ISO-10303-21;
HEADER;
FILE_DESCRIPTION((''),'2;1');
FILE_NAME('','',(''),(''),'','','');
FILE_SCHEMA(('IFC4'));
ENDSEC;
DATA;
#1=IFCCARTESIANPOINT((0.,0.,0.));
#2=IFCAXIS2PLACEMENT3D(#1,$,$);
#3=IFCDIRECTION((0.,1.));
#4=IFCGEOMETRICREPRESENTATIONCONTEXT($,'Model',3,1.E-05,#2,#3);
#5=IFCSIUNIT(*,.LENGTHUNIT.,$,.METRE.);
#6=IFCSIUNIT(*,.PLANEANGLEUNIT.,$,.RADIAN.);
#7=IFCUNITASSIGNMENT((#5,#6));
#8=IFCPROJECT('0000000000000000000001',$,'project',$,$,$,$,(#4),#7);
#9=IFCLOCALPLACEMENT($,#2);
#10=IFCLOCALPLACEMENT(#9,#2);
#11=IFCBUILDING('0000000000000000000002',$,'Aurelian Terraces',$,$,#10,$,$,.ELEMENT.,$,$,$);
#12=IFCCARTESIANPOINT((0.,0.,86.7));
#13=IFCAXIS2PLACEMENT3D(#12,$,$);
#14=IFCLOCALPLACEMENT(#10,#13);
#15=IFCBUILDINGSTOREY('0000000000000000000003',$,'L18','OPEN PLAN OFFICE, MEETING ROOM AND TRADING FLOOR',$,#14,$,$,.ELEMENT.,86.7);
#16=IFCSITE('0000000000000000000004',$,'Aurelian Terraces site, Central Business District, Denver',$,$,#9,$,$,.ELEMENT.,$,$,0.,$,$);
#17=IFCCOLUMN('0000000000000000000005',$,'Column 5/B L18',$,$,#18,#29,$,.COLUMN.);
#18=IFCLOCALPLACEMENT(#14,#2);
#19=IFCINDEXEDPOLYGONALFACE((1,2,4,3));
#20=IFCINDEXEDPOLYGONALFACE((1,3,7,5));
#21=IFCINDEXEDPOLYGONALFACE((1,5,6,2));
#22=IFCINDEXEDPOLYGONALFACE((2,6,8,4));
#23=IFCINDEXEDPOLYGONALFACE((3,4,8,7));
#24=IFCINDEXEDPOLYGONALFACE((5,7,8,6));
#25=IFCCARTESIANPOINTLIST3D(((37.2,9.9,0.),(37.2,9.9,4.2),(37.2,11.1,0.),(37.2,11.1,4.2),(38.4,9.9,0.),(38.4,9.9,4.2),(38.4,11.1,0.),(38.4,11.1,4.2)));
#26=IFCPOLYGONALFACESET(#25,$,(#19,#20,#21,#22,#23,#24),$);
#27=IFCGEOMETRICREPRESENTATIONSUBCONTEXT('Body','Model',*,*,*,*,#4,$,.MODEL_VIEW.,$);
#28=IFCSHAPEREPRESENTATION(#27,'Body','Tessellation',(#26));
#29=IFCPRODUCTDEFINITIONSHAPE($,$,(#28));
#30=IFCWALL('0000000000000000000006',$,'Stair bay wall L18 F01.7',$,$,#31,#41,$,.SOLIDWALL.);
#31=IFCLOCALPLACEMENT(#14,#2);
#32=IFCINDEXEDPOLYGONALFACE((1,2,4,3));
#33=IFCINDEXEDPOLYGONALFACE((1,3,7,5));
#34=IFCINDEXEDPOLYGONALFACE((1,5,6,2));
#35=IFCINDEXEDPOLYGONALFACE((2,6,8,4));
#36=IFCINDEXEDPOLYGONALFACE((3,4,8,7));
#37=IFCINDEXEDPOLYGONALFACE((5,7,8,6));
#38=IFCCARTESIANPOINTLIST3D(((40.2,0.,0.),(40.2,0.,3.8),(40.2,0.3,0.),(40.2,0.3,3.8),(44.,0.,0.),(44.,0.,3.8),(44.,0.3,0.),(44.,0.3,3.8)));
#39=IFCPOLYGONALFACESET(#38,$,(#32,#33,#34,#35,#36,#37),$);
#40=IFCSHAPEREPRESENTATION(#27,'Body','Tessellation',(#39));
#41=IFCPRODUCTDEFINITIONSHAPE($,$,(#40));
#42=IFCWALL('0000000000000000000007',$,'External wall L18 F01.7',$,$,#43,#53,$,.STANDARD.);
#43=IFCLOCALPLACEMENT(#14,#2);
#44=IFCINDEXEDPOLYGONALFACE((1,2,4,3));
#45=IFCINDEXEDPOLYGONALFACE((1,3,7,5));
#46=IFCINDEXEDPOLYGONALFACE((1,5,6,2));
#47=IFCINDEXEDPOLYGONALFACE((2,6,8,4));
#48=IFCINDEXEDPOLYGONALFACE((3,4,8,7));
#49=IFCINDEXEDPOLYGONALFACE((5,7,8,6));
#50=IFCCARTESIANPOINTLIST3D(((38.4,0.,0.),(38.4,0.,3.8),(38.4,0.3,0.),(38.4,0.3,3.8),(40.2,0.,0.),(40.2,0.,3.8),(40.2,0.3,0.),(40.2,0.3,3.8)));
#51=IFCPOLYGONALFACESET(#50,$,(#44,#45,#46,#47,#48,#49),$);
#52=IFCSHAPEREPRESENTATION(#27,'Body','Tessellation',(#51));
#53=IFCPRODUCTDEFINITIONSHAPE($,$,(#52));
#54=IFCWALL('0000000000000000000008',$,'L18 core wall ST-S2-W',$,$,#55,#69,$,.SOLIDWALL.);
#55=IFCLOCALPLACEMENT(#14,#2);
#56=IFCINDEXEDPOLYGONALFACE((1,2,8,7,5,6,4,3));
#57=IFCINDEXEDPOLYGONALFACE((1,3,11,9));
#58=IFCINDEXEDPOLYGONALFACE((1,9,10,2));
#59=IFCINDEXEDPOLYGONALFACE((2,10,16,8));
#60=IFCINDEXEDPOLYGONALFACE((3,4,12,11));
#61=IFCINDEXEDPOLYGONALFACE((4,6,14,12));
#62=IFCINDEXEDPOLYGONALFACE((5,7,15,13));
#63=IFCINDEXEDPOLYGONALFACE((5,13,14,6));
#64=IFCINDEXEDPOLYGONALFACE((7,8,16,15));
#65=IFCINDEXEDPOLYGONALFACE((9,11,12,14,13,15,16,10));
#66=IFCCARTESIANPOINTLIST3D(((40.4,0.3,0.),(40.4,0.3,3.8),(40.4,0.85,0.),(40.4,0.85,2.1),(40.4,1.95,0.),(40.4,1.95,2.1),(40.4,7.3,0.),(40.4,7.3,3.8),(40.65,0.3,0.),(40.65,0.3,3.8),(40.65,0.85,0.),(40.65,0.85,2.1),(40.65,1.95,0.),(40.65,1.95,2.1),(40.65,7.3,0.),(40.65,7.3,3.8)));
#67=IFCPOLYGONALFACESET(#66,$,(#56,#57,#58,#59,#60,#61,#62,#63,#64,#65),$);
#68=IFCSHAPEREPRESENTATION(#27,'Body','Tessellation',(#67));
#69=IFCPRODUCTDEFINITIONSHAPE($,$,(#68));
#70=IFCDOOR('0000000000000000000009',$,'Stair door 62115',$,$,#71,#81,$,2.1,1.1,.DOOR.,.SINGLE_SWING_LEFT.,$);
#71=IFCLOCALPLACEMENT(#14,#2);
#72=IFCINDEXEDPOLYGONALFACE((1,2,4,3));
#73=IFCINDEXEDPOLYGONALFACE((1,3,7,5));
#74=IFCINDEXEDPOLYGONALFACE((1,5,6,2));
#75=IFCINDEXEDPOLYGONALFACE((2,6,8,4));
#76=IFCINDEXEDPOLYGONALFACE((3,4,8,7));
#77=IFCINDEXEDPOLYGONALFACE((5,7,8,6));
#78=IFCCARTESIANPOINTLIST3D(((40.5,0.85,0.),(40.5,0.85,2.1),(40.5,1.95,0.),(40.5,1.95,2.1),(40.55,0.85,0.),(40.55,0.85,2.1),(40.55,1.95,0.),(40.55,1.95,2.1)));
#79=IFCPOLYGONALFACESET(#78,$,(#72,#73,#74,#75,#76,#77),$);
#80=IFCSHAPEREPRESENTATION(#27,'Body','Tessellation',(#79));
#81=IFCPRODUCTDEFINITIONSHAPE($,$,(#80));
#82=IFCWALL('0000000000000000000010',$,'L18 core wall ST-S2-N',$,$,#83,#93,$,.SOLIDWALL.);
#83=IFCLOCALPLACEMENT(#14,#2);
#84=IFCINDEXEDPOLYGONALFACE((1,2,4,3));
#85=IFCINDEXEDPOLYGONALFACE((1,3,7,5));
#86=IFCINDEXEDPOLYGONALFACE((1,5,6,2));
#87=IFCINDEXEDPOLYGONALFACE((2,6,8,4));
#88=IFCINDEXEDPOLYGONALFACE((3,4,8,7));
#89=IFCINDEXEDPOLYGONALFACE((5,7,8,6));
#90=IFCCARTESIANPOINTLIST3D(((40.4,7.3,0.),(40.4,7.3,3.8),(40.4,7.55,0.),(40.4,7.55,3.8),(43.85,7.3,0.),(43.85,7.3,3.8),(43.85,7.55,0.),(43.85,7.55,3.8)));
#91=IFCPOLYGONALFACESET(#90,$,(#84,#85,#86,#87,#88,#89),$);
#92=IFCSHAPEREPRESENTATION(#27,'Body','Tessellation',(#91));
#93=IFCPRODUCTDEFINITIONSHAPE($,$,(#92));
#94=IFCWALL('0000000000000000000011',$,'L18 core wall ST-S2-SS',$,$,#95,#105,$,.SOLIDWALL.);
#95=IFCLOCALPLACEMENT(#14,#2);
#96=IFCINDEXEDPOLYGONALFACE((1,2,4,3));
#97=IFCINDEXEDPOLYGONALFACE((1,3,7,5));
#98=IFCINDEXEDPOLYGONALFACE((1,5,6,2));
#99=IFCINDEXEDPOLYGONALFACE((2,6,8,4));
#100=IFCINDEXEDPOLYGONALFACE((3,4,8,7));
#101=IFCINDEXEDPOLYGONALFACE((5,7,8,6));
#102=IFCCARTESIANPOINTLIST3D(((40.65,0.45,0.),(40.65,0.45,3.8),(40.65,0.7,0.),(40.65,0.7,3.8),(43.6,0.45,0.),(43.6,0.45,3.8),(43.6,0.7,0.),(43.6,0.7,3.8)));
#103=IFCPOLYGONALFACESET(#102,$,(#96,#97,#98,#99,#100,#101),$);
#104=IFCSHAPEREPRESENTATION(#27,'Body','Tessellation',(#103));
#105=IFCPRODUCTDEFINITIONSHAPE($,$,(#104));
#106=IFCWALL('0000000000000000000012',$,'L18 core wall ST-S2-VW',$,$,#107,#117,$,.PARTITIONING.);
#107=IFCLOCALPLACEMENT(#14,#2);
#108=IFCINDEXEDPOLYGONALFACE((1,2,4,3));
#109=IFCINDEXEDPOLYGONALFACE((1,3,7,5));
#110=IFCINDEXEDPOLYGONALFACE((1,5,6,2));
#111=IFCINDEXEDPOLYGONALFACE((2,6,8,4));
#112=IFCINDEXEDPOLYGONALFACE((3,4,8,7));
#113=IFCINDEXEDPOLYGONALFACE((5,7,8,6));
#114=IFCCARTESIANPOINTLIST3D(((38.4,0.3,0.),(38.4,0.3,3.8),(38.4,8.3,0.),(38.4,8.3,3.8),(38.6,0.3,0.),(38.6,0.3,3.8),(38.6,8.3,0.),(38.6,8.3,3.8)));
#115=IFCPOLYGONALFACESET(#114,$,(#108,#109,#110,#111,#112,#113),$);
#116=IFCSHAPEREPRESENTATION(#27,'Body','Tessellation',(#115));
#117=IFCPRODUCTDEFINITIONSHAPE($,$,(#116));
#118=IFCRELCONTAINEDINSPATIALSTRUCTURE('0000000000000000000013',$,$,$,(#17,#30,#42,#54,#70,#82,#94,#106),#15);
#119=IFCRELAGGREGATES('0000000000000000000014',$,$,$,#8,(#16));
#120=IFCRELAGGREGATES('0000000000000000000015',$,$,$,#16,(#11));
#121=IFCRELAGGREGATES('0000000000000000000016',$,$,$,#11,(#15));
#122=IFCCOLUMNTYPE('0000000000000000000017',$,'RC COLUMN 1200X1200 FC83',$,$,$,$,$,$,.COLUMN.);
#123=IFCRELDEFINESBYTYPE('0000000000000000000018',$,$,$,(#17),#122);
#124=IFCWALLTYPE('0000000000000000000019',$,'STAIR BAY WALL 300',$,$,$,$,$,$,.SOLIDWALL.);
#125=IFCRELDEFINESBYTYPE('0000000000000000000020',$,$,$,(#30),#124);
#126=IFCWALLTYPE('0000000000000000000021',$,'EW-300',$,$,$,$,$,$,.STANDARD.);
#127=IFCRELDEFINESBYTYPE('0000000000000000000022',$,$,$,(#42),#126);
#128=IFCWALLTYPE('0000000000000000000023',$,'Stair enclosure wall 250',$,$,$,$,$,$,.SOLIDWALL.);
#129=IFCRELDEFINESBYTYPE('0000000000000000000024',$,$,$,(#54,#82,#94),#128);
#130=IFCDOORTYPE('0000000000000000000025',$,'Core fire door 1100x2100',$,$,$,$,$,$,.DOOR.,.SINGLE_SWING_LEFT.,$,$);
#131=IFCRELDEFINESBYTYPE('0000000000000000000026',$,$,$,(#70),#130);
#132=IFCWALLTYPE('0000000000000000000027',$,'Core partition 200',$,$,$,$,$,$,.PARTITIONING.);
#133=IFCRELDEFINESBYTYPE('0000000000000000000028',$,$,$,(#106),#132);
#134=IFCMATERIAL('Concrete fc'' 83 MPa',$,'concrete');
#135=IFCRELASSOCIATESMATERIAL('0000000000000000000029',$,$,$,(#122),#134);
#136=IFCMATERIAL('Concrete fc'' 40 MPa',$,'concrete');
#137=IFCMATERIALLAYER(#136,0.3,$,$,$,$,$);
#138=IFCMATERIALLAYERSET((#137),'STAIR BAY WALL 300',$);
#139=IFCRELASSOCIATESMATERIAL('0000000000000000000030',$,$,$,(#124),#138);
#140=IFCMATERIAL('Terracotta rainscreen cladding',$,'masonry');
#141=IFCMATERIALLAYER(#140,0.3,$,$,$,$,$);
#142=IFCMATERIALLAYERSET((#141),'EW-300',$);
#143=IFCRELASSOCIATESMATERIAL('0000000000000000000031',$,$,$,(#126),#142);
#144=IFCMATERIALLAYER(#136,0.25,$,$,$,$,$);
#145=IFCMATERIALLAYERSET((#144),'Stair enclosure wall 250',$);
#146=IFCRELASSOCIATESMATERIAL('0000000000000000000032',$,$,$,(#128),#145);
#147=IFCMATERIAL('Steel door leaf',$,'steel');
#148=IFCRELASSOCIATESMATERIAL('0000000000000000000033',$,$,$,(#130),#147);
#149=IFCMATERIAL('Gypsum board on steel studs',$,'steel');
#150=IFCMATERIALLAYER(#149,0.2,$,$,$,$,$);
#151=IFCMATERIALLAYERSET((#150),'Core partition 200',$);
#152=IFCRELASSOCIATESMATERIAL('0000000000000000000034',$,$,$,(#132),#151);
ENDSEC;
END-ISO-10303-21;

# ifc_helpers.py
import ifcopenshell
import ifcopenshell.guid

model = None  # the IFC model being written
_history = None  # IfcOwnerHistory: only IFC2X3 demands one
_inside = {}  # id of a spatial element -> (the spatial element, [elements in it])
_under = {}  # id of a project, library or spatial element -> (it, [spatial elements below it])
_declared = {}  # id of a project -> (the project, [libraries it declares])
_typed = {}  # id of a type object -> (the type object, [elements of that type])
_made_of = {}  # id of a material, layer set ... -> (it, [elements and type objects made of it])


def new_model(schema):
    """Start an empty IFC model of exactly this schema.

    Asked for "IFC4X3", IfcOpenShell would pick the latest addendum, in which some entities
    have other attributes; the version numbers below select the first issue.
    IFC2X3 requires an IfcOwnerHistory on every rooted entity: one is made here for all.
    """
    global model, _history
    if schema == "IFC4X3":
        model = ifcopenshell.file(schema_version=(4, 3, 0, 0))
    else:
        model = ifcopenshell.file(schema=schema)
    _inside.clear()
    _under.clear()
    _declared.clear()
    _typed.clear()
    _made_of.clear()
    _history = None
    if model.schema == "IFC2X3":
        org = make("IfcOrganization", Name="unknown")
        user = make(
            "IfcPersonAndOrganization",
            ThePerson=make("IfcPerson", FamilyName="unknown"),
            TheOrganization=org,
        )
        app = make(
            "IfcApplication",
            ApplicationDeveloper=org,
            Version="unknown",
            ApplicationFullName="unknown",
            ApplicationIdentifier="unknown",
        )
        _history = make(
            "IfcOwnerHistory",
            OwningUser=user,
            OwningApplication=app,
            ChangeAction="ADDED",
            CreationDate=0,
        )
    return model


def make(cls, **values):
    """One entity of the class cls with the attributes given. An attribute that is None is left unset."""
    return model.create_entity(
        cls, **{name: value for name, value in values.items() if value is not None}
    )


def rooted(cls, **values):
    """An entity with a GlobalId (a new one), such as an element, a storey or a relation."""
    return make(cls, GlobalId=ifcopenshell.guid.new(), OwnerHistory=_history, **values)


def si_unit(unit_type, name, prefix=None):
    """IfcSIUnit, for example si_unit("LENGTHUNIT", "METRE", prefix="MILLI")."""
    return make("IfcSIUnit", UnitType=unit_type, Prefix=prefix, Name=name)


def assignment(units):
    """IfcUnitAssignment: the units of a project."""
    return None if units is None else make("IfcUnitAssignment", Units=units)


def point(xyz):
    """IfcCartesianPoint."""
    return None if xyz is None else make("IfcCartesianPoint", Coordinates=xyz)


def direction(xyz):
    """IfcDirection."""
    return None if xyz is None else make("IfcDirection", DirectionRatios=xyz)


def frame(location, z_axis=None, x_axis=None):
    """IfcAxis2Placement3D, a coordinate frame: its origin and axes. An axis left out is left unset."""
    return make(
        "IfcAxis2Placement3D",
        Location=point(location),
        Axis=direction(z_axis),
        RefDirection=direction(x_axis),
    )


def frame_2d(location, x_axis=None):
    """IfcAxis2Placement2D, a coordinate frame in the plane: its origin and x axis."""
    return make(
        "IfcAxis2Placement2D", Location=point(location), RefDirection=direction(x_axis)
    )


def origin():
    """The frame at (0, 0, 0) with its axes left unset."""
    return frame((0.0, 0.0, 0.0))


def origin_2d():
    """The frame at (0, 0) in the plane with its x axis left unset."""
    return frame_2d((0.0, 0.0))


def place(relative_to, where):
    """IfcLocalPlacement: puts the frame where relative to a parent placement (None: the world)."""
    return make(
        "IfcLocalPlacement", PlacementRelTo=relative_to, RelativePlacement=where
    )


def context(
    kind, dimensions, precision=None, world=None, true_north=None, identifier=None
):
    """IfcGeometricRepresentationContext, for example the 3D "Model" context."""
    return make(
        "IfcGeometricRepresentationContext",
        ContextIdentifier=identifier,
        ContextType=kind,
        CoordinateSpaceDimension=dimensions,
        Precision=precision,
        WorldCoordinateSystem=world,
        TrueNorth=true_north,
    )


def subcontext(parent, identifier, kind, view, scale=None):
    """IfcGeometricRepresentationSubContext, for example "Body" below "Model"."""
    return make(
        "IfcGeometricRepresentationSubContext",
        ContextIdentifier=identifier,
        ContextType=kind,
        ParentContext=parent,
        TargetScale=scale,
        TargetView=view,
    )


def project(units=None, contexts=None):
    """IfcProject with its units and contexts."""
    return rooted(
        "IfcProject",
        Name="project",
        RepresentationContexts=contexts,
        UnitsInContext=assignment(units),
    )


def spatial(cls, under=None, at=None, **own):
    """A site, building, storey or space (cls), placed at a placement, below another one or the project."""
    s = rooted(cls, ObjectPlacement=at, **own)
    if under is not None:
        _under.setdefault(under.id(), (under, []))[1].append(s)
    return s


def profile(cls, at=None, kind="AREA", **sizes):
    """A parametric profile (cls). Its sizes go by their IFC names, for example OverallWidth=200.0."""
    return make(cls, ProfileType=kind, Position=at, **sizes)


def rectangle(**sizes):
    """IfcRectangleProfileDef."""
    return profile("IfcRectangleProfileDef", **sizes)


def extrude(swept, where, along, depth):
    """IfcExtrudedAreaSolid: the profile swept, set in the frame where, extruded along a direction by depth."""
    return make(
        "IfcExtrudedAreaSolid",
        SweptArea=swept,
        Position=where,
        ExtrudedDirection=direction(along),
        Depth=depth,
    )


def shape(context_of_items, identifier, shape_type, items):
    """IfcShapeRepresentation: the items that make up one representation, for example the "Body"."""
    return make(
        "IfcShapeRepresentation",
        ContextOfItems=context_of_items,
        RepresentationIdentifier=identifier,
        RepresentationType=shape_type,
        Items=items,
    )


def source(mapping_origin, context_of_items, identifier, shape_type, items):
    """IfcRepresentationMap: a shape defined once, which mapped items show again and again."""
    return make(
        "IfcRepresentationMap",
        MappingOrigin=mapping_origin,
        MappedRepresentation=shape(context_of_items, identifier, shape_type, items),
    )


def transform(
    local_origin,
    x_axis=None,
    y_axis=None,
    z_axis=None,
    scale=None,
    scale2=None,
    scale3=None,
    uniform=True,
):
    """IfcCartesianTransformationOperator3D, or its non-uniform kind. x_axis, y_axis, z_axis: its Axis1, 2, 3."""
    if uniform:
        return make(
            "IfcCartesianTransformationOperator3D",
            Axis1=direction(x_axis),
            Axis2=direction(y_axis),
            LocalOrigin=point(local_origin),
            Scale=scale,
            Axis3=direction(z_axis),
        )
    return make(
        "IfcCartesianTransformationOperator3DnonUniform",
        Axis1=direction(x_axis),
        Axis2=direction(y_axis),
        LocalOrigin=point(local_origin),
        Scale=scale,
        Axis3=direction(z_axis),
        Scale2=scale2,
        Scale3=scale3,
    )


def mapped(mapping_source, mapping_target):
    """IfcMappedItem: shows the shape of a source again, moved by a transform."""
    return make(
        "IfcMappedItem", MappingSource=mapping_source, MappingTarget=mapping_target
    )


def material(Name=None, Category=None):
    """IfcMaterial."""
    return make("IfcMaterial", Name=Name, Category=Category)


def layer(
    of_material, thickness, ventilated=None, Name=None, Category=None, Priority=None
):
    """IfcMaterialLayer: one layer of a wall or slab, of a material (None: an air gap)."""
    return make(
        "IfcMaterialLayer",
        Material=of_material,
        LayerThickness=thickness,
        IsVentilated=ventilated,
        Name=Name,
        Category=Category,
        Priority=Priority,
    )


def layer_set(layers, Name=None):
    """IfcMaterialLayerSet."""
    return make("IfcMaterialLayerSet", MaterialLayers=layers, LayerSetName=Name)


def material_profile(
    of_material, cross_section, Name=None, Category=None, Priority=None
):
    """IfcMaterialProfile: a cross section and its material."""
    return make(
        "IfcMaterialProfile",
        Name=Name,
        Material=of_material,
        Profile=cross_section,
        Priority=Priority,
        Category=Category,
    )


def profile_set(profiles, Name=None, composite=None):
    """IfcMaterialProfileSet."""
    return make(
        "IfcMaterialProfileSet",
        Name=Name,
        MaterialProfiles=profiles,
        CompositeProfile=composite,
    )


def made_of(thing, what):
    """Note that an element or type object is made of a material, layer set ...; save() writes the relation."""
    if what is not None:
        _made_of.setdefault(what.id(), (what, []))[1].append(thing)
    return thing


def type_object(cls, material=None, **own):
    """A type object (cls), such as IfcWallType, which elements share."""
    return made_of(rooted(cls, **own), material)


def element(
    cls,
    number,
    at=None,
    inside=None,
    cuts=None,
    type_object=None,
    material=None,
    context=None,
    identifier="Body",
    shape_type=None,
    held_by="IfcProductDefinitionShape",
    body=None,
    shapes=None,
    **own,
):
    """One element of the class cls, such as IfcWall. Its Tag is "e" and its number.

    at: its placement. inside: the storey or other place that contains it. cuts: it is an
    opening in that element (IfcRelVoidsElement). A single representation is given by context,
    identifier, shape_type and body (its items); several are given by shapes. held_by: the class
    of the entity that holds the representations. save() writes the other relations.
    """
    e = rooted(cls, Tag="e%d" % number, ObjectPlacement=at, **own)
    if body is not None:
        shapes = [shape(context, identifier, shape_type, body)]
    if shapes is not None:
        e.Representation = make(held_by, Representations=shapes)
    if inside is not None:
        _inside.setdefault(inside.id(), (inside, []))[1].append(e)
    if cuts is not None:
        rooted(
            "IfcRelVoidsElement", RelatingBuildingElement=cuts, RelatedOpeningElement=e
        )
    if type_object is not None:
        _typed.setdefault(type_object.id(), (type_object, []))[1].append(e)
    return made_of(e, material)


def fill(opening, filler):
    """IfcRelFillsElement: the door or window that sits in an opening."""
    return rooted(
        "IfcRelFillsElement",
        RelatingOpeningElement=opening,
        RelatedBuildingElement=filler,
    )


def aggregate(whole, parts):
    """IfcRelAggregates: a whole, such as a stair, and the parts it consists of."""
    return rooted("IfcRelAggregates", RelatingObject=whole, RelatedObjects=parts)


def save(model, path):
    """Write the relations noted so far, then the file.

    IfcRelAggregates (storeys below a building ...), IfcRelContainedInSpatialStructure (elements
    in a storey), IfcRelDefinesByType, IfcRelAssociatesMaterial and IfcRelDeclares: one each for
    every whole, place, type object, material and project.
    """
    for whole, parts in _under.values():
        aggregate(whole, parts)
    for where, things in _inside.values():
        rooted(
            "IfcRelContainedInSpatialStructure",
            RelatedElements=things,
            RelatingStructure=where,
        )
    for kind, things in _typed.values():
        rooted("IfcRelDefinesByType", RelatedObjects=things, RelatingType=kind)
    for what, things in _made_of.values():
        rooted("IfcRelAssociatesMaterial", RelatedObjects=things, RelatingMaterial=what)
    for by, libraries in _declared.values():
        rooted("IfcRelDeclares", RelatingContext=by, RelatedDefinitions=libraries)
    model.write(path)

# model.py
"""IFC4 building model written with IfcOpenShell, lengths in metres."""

from ifc_helpers import new_model, si_unit, direction, frame, frame_2d, origin, origin_2d, place, context, subcontext, project, spatial, rectangle, extrude, source, transform, mapped, material, layer, layer_set, material_profile, profile_set, type_object, element, fill, save


model = new_model("IFC4")

# Units and contexts
model_context = context("Model", 3, precision=1e-05, world=origin(), true_north=direction((0.0, 1.0)))
body_context = subcontext(model_context, "Body", "Model", "MODEL_VIEW")
ifc_project = project(units=[si_unit("LENGTHUNIT", "METRE"), si_unit("PLANEANGLEUNIT", "RADIAN")], contexts=[model_context])

# Site, building, storey
site_placement = place(None, origin())
site = spatial("IfcSite", under=ifc_project, at=site_placement, Name="Aurelian Terraces site, Central Business District, Denver", CompositionType="ELEMENT", RefElevation=0.0)
building_placement = place(site_placement, origin())
building = spatial("IfcBuilding", under=site, at=building_placement, Name="Aurelian Terraces", CompositionType="ELEMENT")
storey_placement = place(building_placement, frame((0.0, 0.0, 86.7)))
storey = spatial("IfcBuildingStorey", under=building, at=storey_placement, Name="L18", Description="OPEN PLAN OFFICE, MEETING ROOM AND TRADING FLOOR", CompositionType="ELEMENT", Elevation=86.7)

# Column
ifc_material_1 = material(Name="Concrete fc' 83 MPa", Category="concrete")
ifc_material_profile = material_profile(ifc_material_1, rectangle(XDim=1.2, YDim=1.2, at=origin_2d()))
ifc_profile_set = profile_set([ifc_material_profile], Name="Concrete fc' 83 MPa")
column_type = type_object("IfcColumnType", Name="RC COLUMN 1200X1200 FC83", PredefinedType="COLUMN", material=ifc_profile_set)
shared_shape_1 = source(origin(), body_context, "Body", "SweptSolid", [
    extrude(rectangle(XDim=1.2, YDim=1.2, at=origin_2d()), origin(), (0.0, 0.0, 1.0), 4.2),
])
column_placement = place(storey_placement, frame((37.8, 10.5, 0.0), z_axis=(0.0, 0.0, 1.0), x_axis=(1.0, 0.0, 0.0)))
element("IfcColumn", 1, at=column_placement, inside=storey, type_object=column_type, Name="Column 5/B L18", PredefinedType="COLUMN", context=body_context, shape_type="MappedRepresentation", body=[
    mapped(shared_shape_1, transform((0.0, 0.0, 0.0), scale=1.0)),
])

# Walls
ifc_material_2 = material(Name="Concrete fc' 40 MPa", Category="concrete")
ifc_layer_1 = layer(ifc_material_2, 0.3)
ifc_layer_set_1 = layer_set([ifc_layer_1], Name="STAIR BAY WALL 300")
wall_type_1 = type_object("IfcWallType", Name="STAIR BAY WALL 300", PredefinedType="SOLIDWALL", material=ifc_layer_set_1)
shared_shape_2 = source(origin(), body_context, "Body", "SweptSolid", [
    extrude(rectangle(XDim=3.8, YDim=0.3, at=frame_2d((1.9, 0.0))), origin(), (0.0, 0.0, 1.0), 3.8),
])
wall_1_placement = place(storey_placement, frame((40.2, 0.15, 0.0), z_axis=(0.0, 0.0, 1.0), x_axis=(1.0, 0.0, 0.0)))
element("IfcWall", 2, at=wall_1_placement, inside=storey, type_object=wall_type_1, Name="Stair bay wall L18 F01.7", PredefinedType="SOLIDWALL", context=body_context, shape_type="MappedRepresentation", body=[
    mapped(shared_shape_2, transform((0.0, 0.0, 0.0), scale=1.0)),
])
ifc_material_3 = material(Name="Terracotta rainscreen cladding", Category="masonry")
ifc_layer_2 = layer(ifc_material_3, 0.3)
ifc_layer_set_2 = layer_set([ifc_layer_2], Name="EW-300")
wall_type_2 = type_object("IfcWallType", Name="EW-300", PredefinedType="STANDARD", material=ifc_layer_set_2)
shared_shape_3 = source(origin(), body_context, "Body", "SweptSolid", [
    extrude(rectangle(XDim=1.8, YDim=0.3, at=frame_2d((0.9, 0.0))), origin(), (0.0, 0.0, 1.0), 3.8),
])
wall_2_placement = place(storey_placement, frame((38.4, 0.15, 0.0), z_axis=(0.0, 0.0, 1.0), x_axis=(1.0, 0.0, 0.0)))
element("IfcWall", 3, at=wall_2_placement, inside=storey, type_object=wall_type_2, Name="External wall L18 F01.7", PredefinedType="STANDARD", context=body_context, shape_type="MappedRepresentation", body=[
    mapped(shared_shape_3, transform((0.0, 0.0, 0.0), scale=1.0)),
])

# Wall, opening, door
ifc_layer_3 = layer(ifc_material_2, 0.25)
ifc_layer_set_3 = layer_set([ifc_layer_3], Name="Stair enclosure wall 250")
wall_type_3 = type_object("IfcWallType", Name="Stair enclosure wall 250", PredefinedType="SOLIDWALL", material=ifc_layer_set_3)
shared_shape_4 = source(origin(), body_context, "Body", "SweptSolid", [
    extrude(rectangle(XDim=7.0, YDim=0.25, at=frame_2d((3.5, 0.0))), origin(), (0.0, 0.0, 1.0), 3.8),
])
wall_3_placement = place(storey_placement, frame((40.525, 0.3, 0.0), z_axis=(0.0, 0.0, 1.0), x_axis=(0.0, 1.0, 0.0)))
wall_3 = element("IfcWall", 4, at=wall_3_placement, inside=storey, type_object=wall_type_3, Name="L18 core wall ST-S2-W", PredefinedType="SOLIDWALL", context=body_context, shape_type="MappedRepresentation", body=[
    mapped(shared_shape_4, transform((0.0, 0.0, 0.0), scale=1.0)),
])
shared_shape_5 = source(origin(), body_context, "Body", "SweptSolid", [
    extrude(rectangle(XDim=1.1, YDim=2.1, at=frame_2d((0.55, 1.05))), frame((0.0, 0.135, 0.0), z_axis=(0.0, -1.0, 0.0), x_axis=(1.0, 0.0, 0.0)), (0.0, 0.0, 1.0), 0.27),
])
opening_1_placement = place(wall_3_placement, frame((0.55, 0.0, 0.0)))
opening_1 = element("IfcOpeningElement", 5, at=opening_1_placement, cuts=wall_3, PredefinedType="OPENING", context=body_context, shape_type="MappedRepresentation", body=[
    mapped(shared_shape_5, transform((0.0, 0.0, 0.0), scale=1.0)),
])
ifc_material_4 = material(Name="Steel door leaf", Category="steel")
door_type_1 = type_object("IfcDoorType", Name="Core fire door 1100x2100", OperationType="SINGLE_SWING_LEFT", PredefinedType="DOOR", material=ifc_material_4)
shared_shape_6 = source(origin(), body_context, "Body", "SweptSolid", [
    extrude(rectangle(XDim=1.1, YDim=2.1, at=frame_2d((0.55, 1.05))), frame((0.0, 0.025, 0.0), z_axis=(0.0, -1.0, 0.0), x_axis=(1.0, 0.0, 0.0)), (0.0, 0.0, 1.0), 0.05),
])
door_1_placement = place(opening_1_placement, origin())
door_1 = element("IfcDoor", 6, at=door_1_placement, inside=storey, type_object=door_type_1, Name="Stair door 62115", OperationType="SINGLE_SWING_LEFT", OverallHeight=2.1, OverallWidth=1.1, PredefinedType="DOOR", context=body_context, shape_type="MappedRepresentation", body=[
    mapped(shared_shape_6, transform((0.0, 0.0, 0.0), scale=1.0)),
])
fill(opening_1, door_1)

# Walls
shared_shape_7 = source(origin(), body_context, "Body", "SweptSolid", [
    extrude(rectangle(XDim=3.45, YDim=0.25, at=frame_2d((1.725, 0.0))), origin(), (0.0, 0.0, 1.0), 3.8),
])
wall_4_placement = place(storey_placement, frame((40.4, 7.425, 0.0), z_axis=(0.0, 0.0, 1.0), x_axis=(1.0, 0.0, 0.0)))
element("IfcWall", 7, at=wall_4_placement, inside=storey, type_object=wall_type_3, Name="L18 core wall ST-S2-N", PredefinedType="SOLIDWALL", context=body_context, shape_type="MappedRepresentation", body=[
    mapped(shared_shape_7, transform((0.0, 0.0, 0.0), scale=1.0)),
])
shared_shape_8 = source(origin(), body_context, "Body", "SweptSolid", [
    extrude(rectangle(XDim=2.95, YDim=0.25, at=frame_2d((1.475, 0.0))), origin(), (0.0, 0.0, 1.0), 3.8),
])
wall_5_placement = place(storey_placement, frame((40.65, 0.575, 0.0), z_axis=(0.0, 0.0, 1.0), x_axis=(1.0, 0.0, 0.0)))
element("IfcWall", 8, at=wall_5_placement, inside=storey, type_object=wall_type_3, Name="L18 core wall ST-S2-SS", PredefinedType="SOLIDWALL", context=body_context, shape_type="MappedRepresentation", body=[
    mapped(shared_shape_8, transform((0.0, 0.0, 0.0), scale=1.0)),
])
ifc_material_5 = material(Name="Gypsum board on steel studs", Category="steel")
ifc_layer_4 = layer(ifc_material_5, 0.2)
ifc_layer_set_4 = layer_set([ifc_layer_4], Name="Core partition 200")
wall_type_4 = type_object("IfcWallType", Name="Core partition 200", PredefinedType="PARTITIONING", material=ifc_layer_set_4)
shared_shape_9 = source(origin(), body_context, "Body", "SweptSolid", [
    extrude(rectangle(XDim=8.0, YDim=0.2, at=frame_2d((4.0, 0.0))), origin(), (0.0, 0.0, 1.0), 3.8),
])
wall_6_placement = place(storey_placement, frame((38.5, 0.3, 0.0), z_axis=(0.0, 0.0, 1.0), x_axis=(0.0, 1.0, 0.0)))
element("IfcWall", 9, at=wall_6_placement, inside=storey, type_object=wall_type_4, Name="L18 core wall ST-S2-VW", PredefinedType="PARTITIONING", context=body_context, shape_type="MappedRepresentation", body=[
    mapped(shared_shape_9, transform((0.0, 0.0, 0.0), scale=1.0)),
])

save(model, "model.ifc")
